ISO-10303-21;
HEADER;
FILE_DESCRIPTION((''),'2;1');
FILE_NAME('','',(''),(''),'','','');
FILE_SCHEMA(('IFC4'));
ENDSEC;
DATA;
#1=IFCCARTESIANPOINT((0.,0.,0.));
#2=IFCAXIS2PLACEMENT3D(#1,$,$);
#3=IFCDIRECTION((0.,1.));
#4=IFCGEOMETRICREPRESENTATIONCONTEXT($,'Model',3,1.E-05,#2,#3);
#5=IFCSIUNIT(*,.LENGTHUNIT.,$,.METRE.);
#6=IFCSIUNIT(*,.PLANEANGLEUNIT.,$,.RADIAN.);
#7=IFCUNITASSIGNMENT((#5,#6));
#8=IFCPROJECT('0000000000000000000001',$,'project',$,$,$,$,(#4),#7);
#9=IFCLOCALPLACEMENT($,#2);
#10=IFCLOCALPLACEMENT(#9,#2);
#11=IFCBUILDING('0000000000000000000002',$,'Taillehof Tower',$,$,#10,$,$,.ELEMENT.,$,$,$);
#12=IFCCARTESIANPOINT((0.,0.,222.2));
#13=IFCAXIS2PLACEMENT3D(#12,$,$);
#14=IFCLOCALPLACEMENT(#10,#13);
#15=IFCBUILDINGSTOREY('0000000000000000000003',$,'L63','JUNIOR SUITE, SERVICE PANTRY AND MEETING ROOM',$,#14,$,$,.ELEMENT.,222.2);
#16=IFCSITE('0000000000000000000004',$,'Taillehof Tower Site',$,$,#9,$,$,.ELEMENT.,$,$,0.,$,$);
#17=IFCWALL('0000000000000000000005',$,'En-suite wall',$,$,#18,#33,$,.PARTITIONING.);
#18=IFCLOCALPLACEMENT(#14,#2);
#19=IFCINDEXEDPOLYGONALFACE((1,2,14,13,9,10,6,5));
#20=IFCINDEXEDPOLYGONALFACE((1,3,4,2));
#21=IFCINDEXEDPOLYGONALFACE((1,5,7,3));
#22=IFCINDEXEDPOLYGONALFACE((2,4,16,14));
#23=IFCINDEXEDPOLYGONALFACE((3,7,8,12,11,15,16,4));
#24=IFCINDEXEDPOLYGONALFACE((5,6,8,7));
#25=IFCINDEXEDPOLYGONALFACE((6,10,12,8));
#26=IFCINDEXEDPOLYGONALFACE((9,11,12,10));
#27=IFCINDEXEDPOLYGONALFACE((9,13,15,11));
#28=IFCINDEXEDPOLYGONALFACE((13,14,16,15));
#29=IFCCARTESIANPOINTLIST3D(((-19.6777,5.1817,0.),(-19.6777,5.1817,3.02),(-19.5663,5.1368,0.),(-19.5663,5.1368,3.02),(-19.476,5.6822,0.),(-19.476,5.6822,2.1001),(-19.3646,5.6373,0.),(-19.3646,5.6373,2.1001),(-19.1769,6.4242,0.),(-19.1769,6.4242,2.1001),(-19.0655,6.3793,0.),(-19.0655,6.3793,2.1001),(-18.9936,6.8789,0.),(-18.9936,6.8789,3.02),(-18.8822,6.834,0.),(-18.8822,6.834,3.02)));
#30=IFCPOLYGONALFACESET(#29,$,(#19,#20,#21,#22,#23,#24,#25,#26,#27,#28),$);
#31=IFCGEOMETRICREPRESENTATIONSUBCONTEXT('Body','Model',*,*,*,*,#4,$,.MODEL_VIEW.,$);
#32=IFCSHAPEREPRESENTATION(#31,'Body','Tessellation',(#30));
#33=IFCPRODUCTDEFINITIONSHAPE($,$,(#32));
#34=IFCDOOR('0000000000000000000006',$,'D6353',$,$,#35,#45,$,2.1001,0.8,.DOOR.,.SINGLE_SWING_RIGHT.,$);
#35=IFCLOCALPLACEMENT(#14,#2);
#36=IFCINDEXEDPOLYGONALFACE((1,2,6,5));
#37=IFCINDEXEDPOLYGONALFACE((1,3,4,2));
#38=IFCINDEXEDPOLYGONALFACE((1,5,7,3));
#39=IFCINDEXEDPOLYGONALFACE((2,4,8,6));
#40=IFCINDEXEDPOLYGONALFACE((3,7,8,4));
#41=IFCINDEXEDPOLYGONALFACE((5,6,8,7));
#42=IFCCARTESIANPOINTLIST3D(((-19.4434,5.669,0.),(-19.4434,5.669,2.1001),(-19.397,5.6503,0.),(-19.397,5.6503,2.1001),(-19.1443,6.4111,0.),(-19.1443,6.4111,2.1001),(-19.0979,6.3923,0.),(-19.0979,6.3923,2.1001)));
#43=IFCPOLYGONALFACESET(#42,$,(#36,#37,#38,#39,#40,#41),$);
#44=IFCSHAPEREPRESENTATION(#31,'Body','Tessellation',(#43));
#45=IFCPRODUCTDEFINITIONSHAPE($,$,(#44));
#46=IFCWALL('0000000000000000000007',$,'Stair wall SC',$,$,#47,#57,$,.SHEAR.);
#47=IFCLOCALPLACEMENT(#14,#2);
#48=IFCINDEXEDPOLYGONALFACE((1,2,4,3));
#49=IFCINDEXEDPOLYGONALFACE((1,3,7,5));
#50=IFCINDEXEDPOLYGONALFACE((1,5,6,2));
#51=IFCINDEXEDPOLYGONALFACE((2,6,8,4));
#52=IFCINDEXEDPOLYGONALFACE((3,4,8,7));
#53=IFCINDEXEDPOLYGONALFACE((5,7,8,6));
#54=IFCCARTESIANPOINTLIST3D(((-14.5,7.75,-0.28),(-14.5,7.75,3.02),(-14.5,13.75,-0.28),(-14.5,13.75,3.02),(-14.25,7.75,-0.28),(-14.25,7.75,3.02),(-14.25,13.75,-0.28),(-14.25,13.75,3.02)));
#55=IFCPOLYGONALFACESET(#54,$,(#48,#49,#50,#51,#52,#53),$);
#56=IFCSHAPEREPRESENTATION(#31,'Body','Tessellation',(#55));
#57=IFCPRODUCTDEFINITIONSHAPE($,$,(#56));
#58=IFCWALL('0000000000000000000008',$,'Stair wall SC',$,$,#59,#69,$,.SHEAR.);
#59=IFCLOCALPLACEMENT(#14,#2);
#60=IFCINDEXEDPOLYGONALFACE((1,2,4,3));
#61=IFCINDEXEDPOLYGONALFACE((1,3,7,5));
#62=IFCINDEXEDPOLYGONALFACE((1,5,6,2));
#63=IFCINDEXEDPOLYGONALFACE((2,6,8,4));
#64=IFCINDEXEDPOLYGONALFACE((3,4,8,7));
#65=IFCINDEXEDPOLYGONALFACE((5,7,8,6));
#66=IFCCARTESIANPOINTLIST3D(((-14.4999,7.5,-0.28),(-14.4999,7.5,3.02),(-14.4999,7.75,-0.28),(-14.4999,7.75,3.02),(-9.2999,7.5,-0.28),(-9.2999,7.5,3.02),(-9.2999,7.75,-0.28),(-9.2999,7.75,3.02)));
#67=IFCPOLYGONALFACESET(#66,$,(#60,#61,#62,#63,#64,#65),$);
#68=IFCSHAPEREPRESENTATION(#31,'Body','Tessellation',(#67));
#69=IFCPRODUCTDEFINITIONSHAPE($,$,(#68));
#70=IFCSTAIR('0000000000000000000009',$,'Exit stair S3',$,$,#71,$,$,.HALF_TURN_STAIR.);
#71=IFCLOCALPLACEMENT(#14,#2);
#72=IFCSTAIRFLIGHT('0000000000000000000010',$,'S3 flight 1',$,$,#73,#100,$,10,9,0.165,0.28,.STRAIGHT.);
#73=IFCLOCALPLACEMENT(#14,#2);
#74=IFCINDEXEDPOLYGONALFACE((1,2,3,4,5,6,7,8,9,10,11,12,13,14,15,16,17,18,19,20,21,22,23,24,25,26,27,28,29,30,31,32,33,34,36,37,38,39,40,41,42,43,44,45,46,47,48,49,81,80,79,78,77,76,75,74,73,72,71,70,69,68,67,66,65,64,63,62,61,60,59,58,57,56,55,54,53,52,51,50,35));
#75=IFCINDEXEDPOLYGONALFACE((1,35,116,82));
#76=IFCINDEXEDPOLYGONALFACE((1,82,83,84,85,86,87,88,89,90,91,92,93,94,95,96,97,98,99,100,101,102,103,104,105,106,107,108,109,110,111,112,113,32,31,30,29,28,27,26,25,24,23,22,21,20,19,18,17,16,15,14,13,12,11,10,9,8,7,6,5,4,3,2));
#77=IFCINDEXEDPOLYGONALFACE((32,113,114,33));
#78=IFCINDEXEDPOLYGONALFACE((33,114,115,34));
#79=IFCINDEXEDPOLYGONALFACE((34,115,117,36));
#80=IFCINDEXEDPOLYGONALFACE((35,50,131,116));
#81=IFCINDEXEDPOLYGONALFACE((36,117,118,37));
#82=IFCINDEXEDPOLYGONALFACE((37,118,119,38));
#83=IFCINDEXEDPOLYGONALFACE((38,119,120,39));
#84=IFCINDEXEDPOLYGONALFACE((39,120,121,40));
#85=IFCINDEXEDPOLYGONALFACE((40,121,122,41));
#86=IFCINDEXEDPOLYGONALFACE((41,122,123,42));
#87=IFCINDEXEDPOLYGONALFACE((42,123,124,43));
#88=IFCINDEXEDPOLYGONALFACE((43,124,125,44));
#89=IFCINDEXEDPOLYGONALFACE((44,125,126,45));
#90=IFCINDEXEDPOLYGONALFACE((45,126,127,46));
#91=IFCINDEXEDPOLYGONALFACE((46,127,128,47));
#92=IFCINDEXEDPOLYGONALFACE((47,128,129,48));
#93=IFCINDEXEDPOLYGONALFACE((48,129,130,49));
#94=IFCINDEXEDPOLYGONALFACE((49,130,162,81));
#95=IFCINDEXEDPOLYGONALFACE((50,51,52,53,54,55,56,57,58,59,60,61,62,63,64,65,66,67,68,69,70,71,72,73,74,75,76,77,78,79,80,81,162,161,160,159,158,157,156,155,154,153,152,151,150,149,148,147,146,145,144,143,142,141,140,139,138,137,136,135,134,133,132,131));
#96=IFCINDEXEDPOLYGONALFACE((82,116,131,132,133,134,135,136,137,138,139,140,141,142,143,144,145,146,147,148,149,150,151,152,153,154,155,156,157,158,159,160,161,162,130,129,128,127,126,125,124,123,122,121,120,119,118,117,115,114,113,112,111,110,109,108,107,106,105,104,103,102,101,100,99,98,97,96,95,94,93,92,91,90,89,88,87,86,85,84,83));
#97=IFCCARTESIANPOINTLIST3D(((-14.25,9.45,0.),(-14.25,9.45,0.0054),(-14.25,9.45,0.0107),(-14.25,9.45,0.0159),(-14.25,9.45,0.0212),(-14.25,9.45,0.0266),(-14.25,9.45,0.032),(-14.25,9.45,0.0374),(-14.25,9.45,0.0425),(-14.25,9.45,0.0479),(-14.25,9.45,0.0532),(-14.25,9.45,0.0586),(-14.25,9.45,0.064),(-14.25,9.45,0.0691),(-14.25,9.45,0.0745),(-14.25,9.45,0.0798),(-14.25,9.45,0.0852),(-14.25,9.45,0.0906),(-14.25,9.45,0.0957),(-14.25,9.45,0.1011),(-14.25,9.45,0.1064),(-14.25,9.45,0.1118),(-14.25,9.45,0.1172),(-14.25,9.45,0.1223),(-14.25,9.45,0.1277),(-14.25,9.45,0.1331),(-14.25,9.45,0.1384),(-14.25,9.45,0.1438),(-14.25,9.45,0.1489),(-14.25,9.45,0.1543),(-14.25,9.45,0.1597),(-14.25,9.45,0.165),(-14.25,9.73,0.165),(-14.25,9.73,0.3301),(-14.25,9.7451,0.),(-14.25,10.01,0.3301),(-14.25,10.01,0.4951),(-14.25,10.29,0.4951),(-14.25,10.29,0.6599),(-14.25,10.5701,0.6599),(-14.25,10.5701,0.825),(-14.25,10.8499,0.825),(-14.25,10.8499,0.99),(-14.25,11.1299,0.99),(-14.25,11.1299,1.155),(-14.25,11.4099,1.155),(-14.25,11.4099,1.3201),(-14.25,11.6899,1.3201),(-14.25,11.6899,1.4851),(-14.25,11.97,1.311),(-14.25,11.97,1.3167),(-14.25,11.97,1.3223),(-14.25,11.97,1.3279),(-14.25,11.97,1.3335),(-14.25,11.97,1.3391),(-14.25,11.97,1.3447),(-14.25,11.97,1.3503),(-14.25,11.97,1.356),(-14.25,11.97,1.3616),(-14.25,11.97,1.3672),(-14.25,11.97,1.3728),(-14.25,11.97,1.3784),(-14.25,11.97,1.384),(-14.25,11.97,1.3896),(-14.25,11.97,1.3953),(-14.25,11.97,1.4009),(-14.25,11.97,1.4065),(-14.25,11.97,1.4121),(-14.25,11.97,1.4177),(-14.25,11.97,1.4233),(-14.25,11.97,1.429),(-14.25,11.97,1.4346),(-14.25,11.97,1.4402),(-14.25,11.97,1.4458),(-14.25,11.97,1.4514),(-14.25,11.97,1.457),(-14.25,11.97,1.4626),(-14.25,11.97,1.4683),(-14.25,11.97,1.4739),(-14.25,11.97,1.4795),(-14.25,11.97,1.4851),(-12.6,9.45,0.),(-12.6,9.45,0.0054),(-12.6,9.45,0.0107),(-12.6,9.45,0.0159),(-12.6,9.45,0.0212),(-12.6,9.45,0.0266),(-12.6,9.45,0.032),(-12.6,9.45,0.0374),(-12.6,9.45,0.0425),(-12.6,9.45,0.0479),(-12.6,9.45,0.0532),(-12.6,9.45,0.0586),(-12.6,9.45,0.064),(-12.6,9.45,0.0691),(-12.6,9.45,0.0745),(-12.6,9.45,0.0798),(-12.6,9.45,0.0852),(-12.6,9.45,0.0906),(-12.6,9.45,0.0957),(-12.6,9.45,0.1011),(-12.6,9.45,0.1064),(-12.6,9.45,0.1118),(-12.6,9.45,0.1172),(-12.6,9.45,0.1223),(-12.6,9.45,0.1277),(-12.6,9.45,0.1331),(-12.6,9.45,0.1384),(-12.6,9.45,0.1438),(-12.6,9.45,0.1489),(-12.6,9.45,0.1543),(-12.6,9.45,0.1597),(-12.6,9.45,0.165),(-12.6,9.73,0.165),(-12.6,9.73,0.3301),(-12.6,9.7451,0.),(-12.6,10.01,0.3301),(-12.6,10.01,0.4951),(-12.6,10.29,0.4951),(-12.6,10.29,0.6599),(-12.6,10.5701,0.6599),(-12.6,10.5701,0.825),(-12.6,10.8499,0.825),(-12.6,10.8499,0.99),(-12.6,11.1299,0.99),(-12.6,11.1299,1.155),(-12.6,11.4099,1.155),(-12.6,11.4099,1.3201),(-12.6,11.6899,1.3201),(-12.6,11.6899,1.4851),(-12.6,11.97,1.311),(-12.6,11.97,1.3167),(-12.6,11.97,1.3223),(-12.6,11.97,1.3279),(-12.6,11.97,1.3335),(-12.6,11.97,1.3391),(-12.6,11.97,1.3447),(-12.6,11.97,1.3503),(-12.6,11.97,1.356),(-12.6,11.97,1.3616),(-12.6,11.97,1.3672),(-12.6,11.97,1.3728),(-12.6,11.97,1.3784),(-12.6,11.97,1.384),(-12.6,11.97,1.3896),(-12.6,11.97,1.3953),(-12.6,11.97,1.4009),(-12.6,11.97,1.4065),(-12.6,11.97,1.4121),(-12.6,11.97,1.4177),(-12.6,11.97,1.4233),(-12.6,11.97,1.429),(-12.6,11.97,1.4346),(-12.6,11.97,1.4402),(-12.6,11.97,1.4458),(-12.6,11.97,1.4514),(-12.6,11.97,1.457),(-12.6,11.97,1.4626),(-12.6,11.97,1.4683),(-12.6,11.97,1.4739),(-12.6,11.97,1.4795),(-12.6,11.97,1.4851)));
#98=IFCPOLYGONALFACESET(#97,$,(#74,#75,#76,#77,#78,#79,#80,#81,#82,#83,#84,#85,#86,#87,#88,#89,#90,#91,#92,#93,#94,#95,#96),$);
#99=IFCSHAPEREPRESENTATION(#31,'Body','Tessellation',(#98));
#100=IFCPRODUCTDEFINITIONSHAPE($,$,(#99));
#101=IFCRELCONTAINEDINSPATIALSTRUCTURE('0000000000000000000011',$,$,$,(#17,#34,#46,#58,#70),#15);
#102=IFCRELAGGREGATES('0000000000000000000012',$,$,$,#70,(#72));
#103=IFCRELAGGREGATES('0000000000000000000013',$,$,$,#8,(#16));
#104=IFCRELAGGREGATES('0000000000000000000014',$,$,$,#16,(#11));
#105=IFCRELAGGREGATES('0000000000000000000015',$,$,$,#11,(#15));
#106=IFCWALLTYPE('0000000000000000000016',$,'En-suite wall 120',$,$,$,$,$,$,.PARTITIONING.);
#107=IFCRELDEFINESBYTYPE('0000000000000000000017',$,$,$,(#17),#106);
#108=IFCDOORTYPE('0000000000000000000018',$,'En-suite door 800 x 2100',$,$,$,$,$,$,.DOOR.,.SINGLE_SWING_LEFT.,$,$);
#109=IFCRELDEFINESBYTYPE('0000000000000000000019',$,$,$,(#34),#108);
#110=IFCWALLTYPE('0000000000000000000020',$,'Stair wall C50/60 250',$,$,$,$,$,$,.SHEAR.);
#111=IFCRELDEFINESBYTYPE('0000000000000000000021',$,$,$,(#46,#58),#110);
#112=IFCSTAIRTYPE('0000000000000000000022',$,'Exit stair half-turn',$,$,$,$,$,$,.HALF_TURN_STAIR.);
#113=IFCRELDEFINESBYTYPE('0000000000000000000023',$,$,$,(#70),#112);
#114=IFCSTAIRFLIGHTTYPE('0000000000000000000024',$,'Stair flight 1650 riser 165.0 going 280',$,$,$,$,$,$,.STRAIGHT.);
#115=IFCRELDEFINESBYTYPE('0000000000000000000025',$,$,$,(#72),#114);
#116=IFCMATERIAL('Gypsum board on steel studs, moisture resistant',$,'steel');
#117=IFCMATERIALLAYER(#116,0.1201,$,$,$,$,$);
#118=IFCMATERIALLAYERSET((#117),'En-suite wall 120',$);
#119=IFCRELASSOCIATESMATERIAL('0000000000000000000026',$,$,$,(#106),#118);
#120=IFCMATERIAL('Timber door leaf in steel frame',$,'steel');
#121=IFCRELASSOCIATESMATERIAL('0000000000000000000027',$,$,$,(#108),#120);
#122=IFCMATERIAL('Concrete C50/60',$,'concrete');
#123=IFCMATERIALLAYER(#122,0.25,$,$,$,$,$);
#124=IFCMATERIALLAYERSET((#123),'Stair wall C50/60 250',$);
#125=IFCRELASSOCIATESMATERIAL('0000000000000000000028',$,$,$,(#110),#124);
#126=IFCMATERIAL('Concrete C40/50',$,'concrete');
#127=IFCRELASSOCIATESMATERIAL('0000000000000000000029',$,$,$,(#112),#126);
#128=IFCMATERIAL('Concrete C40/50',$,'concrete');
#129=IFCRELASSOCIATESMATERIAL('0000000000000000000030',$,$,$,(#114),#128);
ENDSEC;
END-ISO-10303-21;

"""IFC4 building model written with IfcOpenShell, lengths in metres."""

from ifc_helpers import new_model, si_unit, direction, frame, frame_2d, origin, place, context, subcontext, project, spatial, polyline, rectangle, outline, extrude, material, layer, layer_set, type_object, element, fill, aggregate, save


model = new_model("IFC4")

# Units and contexts
model_context = context("Model", 3, precision=1e-05, world=origin(), true_north=direction((0.0, 1.0)))
body_context = subcontext(model_context, "Body", "Model", "MODEL_VIEW")
ifc_project = project(units=[si_unit("LENGTHUNIT", "METRE"), si_unit("PLANEANGLEUNIT", "RADIAN")], contexts=[model_context])

# Site, building, storey
site_placement = place(None, origin())
site = spatial("IfcSite", under=ifc_project, at=site_placement, Name="Taillehof Tower Site", CompositionType="ELEMENT", RefElevation=0.0)
building_placement = place(site_placement, origin())
building = spatial("IfcBuilding", under=site, at=building_placement, Name="Taillehof Tower", CompositionType="ELEMENT")
storey_placement = place(building_placement, frame((0.0, 0.0, 222.2)))
storey = spatial("IfcBuildingStorey", under=building, at=storey_placement, Name="L63", Description="JUNIOR SUITE, SERVICE PANTRY AND MEETING ROOM", CompositionType="ELEMENT", Elevation=222.2)

# Shared definitions
ifc_material_1 = material(Name="Gypsum board on steel studs, moisture resistant", Category="steel")
ifc_layer_1 = layer(ifc_material_1, 0.1201)
ifc_layer_set_1 = layer_set([ifc_layer_1], Name="En-suite wall 120")
wall_type_1 = type_object("IfcWallType", Name="En-suite wall 120", PredefinedType="PARTITIONING", material=ifc_layer_set_1)

# Wall, opening, door
wall_1_placement = place(storey_placement, frame((-19.6221, 5.1592, 0.0), z_axis=(0.0, 0.0, 1.0), x_axis=(0.373874, 0.92748, 0.0)))
wall_1 = element("IfcWall", 1, at=wall_1_placement, inside=storey, type_object=wall_type_1, Name="En-suite wall", PredefinedType="PARTITIONING", context=body_context, shape_type="SweptSolid", body=[
    extrude(rectangle(XDim=1.8298, YDim=0.1201, at=frame_2d((0.915, 0.0))), origin(), (0.0, 0.0, 1.0), 3.02),
])
opening_1_placement = place(wall_1_placement, frame((0.5398, 0.0, 0.0)))
opening_1 = element("IfcOpeningElement", 2, at=opening_1_placement, cuts=wall_1, PredefinedType="OPENING", context=body_context, shape_type="SweptSolid", body=[
    extrude(rectangle(XDim=0.8, YDim=2.1001, at=frame_2d((0.3999, 1.05))), frame((0.0, 0.0701, 0.0), z_axis=(0.0, -1.0, 0.0), x_axis=(1.0, 0.0, 0.0)), (0.0, 0.0, 1.0), 0.1401),
])
ifc_material_2 = material(Name="Timber door leaf in steel frame", Category="steel")
door_type_1 = type_object("IfcDoorType", Name="En-suite door 800 x 2100", OperationType="SINGLE_SWING_LEFT", PredefinedType="DOOR", material=ifc_material_2)
door_1_placement = place(opening_1_placement, origin())
door_1 = element("IfcDoor", 3, at=door_1_placement, inside=storey, type_object=door_type_1, Name="D6353", OperationType="SINGLE_SWING_RIGHT", OverallHeight=2.1001, OverallWidth=0.8, PredefinedType="DOOR", context=body_context, shape_type="SweptSolid", body=[
    extrude(rectangle(XDim=0.8, YDim=2.1001, at=frame_2d((0.3999, 1.05))), frame((0.0, 0.0249, 0.0), z_axis=(0.0, -1.0, 0.0), x_axis=(1.0, 0.0, 0.0)), (0.0, 0.0, 1.0), 0.05),
])
fill(opening_1, door_1)

# Walls
ifc_material_3 = material(Name="Concrete C50/60", Category="concrete")
ifc_layer_2 = layer(ifc_material_3, 0.25)
ifc_layer_set_2 = layer_set([ifc_layer_2], Name="Stair wall C50/60 250")
wall_type_2 = type_object("IfcWallType", Name="Stair wall C50/60 250", PredefinedType="SHEAR", material=ifc_layer_set_2)
wall_2_placement = place(storey_placement, frame((-14.375, 7.75, -0.28), z_axis=(0.0, 0.0, 1.0), x_axis=(0.0, 1.0, 0.0)))
element("IfcWall", 4, at=wall_2_placement, inside=storey, type_object=wall_type_2, Name="Stair wall SC", PredefinedType="SHEAR", context=body_context, shape_type="SweptSolid", body=[
    extrude(rectangle(XDim=6.0, YDim=0.25, at=frame_2d((3.0, 0.0))), origin(), (0.0, 0.0, 1.0), 3.3),
])
wall_3_placement = place(storey_placement, frame((-14.5, 7.625, -0.28), z_axis=(0.0, 0.0, 1.0), x_axis=(1.0, 0.0, 0.0)))
element("IfcWall", 5, at=wall_3_placement, inside=storey, type_object=wall_type_2, Name="Stair wall SC", PredefinedType="SHEAR", context=body_context, shape_type="SweptSolid", body=[
    extrude(rectangle(XDim=5.2, YDim=0.25, at=frame_2d((2.6001, 0.0))), origin(), (0.0, 0.0, 1.0), 3.3),
])

# Stair, stair flight
ifc_material_4 = material(Name="Concrete C40/50", Category="concrete")
stair_type = type_object("IfcStairType", Name="Exit stair half-turn", PredefinedType="HALF_TURN_STAIR", material=ifc_material_4)
stair_placement = place(storey_placement, origin())
stair = element("IfcStair", 6, at=stair_placement, inside=storey, type_object=stair_type, Name="Exit stair S3", PredefinedType="HALF_TURN_STAIR")
ifc_material_5 = material(Name="Concrete C40/50", Category="concrete")
stair_flight_type = type_object("IfcStairFlightType", Name="Stair flight 1650 riser 165.0 going 280", PredefinedType="STRAIGHT", material=ifc_material_5)
stair_flight_placement = place(storey_placement, frame((-13.425, 9.45, 0.0), z_axis=(0.0, 0.0, 1.0), x_axis=(0.0, 1.0, 0.0)))
stair_flight = element("IfcStairFlight", 7, at=stair_flight_placement, type_object=stair_flight_type, Name="S3 flight 1", NumberOfRisers=10, NumberOfTreads=9, PredefinedType="STRAIGHT", RiserHeight=0.165, TreadLength=0.28, context=body_context, shape_type="SweptSolid", body=[
    extrude(outline(polyline([(0.0, 0.0), (0.0, 0.0054), (0.0, 0.0107), (0.0, 0.0159), (0.0, 0.0212), (0.0, 0.0266), (0.0, 0.032), (0.0, 0.0374), (0.0, 0.0425), (0.0, 0.0479), (0.0, 0.0532), (0.0, 0.0586), (0.0, 0.064), (0.0, 0.0691), (0.0, 0.0745), (0.0, 0.0798), (0.0, 0.0852), (0.0, 0.0906), (0.0, 0.0957), (0.0, 0.1011), (0.0, 0.1064), (0.0, 0.1118), (0.0, 0.1172), (0.0, 0.1223), (0.0, 0.1277), (0.0, 0.1331), (0.0, 0.1384), (0.0, 0.1438), (0.0, 0.1489), (0.0, 0.1543), (0.0, 0.1597), (0.0, 0.165), (0.28, 0.165), (0.28, 0.3301), (0.5601, 0.3301), (0.5601, 0.4951), (0.8401, 0.4951), (0.8401, 0.6599), (1.1201, 0.6599), (1.1201, 0.825), (1.3999, 0.825), (1.3999, 0.99), (1.6799, 0.99), (1.6799, 1.155), (1.96, 1.155), (1.96, 1.3201), (2.24, 1.3201), (2.24, 1.4851), (2.52, 1.4851), (2.52, 1.4795), (2.52, 1.4739), (2.52, 1.4683), (2.52, 1.4626), (2.52, 1.457), (2.52, 1.4514), (2.52, 1.4458), (2.52, 1.4402), (2.52, 1.4346), (2.52, 1.429), (2.52, 1.4233), (2.52, 1.4177), (2.52, 1.4121), (2.52, 1.4065), (2.52, 1.4009), (2.52, 1.3953), (2.52, 1.3896), (2.52, 1.384), (2.52, 1.3784), (2.52, 1.3728), (2.52, 1.3672), (2.52, 1.3616), (2.52, 1.356), (2.52, 1.3503), (2.52, 1.3447), (2.52, 1.3391), (2.52, 1.3335), (2.52, 1.3279), (2.52, 1.3223), (2.52, 1.3167), (2.52, 1.311), (0.2952, 0.0), (0.0, 0.0)])), frame((0.0, 0.825, 0.0), z_axis=(0.0, -1.0, 0.0), x_axis=(1.0, 0.0, 0.0)), (0.0, 0.0, 1.0), 1.65),
])
aggregate(stair, [stair_flight])

save(model, "model.ifc")
